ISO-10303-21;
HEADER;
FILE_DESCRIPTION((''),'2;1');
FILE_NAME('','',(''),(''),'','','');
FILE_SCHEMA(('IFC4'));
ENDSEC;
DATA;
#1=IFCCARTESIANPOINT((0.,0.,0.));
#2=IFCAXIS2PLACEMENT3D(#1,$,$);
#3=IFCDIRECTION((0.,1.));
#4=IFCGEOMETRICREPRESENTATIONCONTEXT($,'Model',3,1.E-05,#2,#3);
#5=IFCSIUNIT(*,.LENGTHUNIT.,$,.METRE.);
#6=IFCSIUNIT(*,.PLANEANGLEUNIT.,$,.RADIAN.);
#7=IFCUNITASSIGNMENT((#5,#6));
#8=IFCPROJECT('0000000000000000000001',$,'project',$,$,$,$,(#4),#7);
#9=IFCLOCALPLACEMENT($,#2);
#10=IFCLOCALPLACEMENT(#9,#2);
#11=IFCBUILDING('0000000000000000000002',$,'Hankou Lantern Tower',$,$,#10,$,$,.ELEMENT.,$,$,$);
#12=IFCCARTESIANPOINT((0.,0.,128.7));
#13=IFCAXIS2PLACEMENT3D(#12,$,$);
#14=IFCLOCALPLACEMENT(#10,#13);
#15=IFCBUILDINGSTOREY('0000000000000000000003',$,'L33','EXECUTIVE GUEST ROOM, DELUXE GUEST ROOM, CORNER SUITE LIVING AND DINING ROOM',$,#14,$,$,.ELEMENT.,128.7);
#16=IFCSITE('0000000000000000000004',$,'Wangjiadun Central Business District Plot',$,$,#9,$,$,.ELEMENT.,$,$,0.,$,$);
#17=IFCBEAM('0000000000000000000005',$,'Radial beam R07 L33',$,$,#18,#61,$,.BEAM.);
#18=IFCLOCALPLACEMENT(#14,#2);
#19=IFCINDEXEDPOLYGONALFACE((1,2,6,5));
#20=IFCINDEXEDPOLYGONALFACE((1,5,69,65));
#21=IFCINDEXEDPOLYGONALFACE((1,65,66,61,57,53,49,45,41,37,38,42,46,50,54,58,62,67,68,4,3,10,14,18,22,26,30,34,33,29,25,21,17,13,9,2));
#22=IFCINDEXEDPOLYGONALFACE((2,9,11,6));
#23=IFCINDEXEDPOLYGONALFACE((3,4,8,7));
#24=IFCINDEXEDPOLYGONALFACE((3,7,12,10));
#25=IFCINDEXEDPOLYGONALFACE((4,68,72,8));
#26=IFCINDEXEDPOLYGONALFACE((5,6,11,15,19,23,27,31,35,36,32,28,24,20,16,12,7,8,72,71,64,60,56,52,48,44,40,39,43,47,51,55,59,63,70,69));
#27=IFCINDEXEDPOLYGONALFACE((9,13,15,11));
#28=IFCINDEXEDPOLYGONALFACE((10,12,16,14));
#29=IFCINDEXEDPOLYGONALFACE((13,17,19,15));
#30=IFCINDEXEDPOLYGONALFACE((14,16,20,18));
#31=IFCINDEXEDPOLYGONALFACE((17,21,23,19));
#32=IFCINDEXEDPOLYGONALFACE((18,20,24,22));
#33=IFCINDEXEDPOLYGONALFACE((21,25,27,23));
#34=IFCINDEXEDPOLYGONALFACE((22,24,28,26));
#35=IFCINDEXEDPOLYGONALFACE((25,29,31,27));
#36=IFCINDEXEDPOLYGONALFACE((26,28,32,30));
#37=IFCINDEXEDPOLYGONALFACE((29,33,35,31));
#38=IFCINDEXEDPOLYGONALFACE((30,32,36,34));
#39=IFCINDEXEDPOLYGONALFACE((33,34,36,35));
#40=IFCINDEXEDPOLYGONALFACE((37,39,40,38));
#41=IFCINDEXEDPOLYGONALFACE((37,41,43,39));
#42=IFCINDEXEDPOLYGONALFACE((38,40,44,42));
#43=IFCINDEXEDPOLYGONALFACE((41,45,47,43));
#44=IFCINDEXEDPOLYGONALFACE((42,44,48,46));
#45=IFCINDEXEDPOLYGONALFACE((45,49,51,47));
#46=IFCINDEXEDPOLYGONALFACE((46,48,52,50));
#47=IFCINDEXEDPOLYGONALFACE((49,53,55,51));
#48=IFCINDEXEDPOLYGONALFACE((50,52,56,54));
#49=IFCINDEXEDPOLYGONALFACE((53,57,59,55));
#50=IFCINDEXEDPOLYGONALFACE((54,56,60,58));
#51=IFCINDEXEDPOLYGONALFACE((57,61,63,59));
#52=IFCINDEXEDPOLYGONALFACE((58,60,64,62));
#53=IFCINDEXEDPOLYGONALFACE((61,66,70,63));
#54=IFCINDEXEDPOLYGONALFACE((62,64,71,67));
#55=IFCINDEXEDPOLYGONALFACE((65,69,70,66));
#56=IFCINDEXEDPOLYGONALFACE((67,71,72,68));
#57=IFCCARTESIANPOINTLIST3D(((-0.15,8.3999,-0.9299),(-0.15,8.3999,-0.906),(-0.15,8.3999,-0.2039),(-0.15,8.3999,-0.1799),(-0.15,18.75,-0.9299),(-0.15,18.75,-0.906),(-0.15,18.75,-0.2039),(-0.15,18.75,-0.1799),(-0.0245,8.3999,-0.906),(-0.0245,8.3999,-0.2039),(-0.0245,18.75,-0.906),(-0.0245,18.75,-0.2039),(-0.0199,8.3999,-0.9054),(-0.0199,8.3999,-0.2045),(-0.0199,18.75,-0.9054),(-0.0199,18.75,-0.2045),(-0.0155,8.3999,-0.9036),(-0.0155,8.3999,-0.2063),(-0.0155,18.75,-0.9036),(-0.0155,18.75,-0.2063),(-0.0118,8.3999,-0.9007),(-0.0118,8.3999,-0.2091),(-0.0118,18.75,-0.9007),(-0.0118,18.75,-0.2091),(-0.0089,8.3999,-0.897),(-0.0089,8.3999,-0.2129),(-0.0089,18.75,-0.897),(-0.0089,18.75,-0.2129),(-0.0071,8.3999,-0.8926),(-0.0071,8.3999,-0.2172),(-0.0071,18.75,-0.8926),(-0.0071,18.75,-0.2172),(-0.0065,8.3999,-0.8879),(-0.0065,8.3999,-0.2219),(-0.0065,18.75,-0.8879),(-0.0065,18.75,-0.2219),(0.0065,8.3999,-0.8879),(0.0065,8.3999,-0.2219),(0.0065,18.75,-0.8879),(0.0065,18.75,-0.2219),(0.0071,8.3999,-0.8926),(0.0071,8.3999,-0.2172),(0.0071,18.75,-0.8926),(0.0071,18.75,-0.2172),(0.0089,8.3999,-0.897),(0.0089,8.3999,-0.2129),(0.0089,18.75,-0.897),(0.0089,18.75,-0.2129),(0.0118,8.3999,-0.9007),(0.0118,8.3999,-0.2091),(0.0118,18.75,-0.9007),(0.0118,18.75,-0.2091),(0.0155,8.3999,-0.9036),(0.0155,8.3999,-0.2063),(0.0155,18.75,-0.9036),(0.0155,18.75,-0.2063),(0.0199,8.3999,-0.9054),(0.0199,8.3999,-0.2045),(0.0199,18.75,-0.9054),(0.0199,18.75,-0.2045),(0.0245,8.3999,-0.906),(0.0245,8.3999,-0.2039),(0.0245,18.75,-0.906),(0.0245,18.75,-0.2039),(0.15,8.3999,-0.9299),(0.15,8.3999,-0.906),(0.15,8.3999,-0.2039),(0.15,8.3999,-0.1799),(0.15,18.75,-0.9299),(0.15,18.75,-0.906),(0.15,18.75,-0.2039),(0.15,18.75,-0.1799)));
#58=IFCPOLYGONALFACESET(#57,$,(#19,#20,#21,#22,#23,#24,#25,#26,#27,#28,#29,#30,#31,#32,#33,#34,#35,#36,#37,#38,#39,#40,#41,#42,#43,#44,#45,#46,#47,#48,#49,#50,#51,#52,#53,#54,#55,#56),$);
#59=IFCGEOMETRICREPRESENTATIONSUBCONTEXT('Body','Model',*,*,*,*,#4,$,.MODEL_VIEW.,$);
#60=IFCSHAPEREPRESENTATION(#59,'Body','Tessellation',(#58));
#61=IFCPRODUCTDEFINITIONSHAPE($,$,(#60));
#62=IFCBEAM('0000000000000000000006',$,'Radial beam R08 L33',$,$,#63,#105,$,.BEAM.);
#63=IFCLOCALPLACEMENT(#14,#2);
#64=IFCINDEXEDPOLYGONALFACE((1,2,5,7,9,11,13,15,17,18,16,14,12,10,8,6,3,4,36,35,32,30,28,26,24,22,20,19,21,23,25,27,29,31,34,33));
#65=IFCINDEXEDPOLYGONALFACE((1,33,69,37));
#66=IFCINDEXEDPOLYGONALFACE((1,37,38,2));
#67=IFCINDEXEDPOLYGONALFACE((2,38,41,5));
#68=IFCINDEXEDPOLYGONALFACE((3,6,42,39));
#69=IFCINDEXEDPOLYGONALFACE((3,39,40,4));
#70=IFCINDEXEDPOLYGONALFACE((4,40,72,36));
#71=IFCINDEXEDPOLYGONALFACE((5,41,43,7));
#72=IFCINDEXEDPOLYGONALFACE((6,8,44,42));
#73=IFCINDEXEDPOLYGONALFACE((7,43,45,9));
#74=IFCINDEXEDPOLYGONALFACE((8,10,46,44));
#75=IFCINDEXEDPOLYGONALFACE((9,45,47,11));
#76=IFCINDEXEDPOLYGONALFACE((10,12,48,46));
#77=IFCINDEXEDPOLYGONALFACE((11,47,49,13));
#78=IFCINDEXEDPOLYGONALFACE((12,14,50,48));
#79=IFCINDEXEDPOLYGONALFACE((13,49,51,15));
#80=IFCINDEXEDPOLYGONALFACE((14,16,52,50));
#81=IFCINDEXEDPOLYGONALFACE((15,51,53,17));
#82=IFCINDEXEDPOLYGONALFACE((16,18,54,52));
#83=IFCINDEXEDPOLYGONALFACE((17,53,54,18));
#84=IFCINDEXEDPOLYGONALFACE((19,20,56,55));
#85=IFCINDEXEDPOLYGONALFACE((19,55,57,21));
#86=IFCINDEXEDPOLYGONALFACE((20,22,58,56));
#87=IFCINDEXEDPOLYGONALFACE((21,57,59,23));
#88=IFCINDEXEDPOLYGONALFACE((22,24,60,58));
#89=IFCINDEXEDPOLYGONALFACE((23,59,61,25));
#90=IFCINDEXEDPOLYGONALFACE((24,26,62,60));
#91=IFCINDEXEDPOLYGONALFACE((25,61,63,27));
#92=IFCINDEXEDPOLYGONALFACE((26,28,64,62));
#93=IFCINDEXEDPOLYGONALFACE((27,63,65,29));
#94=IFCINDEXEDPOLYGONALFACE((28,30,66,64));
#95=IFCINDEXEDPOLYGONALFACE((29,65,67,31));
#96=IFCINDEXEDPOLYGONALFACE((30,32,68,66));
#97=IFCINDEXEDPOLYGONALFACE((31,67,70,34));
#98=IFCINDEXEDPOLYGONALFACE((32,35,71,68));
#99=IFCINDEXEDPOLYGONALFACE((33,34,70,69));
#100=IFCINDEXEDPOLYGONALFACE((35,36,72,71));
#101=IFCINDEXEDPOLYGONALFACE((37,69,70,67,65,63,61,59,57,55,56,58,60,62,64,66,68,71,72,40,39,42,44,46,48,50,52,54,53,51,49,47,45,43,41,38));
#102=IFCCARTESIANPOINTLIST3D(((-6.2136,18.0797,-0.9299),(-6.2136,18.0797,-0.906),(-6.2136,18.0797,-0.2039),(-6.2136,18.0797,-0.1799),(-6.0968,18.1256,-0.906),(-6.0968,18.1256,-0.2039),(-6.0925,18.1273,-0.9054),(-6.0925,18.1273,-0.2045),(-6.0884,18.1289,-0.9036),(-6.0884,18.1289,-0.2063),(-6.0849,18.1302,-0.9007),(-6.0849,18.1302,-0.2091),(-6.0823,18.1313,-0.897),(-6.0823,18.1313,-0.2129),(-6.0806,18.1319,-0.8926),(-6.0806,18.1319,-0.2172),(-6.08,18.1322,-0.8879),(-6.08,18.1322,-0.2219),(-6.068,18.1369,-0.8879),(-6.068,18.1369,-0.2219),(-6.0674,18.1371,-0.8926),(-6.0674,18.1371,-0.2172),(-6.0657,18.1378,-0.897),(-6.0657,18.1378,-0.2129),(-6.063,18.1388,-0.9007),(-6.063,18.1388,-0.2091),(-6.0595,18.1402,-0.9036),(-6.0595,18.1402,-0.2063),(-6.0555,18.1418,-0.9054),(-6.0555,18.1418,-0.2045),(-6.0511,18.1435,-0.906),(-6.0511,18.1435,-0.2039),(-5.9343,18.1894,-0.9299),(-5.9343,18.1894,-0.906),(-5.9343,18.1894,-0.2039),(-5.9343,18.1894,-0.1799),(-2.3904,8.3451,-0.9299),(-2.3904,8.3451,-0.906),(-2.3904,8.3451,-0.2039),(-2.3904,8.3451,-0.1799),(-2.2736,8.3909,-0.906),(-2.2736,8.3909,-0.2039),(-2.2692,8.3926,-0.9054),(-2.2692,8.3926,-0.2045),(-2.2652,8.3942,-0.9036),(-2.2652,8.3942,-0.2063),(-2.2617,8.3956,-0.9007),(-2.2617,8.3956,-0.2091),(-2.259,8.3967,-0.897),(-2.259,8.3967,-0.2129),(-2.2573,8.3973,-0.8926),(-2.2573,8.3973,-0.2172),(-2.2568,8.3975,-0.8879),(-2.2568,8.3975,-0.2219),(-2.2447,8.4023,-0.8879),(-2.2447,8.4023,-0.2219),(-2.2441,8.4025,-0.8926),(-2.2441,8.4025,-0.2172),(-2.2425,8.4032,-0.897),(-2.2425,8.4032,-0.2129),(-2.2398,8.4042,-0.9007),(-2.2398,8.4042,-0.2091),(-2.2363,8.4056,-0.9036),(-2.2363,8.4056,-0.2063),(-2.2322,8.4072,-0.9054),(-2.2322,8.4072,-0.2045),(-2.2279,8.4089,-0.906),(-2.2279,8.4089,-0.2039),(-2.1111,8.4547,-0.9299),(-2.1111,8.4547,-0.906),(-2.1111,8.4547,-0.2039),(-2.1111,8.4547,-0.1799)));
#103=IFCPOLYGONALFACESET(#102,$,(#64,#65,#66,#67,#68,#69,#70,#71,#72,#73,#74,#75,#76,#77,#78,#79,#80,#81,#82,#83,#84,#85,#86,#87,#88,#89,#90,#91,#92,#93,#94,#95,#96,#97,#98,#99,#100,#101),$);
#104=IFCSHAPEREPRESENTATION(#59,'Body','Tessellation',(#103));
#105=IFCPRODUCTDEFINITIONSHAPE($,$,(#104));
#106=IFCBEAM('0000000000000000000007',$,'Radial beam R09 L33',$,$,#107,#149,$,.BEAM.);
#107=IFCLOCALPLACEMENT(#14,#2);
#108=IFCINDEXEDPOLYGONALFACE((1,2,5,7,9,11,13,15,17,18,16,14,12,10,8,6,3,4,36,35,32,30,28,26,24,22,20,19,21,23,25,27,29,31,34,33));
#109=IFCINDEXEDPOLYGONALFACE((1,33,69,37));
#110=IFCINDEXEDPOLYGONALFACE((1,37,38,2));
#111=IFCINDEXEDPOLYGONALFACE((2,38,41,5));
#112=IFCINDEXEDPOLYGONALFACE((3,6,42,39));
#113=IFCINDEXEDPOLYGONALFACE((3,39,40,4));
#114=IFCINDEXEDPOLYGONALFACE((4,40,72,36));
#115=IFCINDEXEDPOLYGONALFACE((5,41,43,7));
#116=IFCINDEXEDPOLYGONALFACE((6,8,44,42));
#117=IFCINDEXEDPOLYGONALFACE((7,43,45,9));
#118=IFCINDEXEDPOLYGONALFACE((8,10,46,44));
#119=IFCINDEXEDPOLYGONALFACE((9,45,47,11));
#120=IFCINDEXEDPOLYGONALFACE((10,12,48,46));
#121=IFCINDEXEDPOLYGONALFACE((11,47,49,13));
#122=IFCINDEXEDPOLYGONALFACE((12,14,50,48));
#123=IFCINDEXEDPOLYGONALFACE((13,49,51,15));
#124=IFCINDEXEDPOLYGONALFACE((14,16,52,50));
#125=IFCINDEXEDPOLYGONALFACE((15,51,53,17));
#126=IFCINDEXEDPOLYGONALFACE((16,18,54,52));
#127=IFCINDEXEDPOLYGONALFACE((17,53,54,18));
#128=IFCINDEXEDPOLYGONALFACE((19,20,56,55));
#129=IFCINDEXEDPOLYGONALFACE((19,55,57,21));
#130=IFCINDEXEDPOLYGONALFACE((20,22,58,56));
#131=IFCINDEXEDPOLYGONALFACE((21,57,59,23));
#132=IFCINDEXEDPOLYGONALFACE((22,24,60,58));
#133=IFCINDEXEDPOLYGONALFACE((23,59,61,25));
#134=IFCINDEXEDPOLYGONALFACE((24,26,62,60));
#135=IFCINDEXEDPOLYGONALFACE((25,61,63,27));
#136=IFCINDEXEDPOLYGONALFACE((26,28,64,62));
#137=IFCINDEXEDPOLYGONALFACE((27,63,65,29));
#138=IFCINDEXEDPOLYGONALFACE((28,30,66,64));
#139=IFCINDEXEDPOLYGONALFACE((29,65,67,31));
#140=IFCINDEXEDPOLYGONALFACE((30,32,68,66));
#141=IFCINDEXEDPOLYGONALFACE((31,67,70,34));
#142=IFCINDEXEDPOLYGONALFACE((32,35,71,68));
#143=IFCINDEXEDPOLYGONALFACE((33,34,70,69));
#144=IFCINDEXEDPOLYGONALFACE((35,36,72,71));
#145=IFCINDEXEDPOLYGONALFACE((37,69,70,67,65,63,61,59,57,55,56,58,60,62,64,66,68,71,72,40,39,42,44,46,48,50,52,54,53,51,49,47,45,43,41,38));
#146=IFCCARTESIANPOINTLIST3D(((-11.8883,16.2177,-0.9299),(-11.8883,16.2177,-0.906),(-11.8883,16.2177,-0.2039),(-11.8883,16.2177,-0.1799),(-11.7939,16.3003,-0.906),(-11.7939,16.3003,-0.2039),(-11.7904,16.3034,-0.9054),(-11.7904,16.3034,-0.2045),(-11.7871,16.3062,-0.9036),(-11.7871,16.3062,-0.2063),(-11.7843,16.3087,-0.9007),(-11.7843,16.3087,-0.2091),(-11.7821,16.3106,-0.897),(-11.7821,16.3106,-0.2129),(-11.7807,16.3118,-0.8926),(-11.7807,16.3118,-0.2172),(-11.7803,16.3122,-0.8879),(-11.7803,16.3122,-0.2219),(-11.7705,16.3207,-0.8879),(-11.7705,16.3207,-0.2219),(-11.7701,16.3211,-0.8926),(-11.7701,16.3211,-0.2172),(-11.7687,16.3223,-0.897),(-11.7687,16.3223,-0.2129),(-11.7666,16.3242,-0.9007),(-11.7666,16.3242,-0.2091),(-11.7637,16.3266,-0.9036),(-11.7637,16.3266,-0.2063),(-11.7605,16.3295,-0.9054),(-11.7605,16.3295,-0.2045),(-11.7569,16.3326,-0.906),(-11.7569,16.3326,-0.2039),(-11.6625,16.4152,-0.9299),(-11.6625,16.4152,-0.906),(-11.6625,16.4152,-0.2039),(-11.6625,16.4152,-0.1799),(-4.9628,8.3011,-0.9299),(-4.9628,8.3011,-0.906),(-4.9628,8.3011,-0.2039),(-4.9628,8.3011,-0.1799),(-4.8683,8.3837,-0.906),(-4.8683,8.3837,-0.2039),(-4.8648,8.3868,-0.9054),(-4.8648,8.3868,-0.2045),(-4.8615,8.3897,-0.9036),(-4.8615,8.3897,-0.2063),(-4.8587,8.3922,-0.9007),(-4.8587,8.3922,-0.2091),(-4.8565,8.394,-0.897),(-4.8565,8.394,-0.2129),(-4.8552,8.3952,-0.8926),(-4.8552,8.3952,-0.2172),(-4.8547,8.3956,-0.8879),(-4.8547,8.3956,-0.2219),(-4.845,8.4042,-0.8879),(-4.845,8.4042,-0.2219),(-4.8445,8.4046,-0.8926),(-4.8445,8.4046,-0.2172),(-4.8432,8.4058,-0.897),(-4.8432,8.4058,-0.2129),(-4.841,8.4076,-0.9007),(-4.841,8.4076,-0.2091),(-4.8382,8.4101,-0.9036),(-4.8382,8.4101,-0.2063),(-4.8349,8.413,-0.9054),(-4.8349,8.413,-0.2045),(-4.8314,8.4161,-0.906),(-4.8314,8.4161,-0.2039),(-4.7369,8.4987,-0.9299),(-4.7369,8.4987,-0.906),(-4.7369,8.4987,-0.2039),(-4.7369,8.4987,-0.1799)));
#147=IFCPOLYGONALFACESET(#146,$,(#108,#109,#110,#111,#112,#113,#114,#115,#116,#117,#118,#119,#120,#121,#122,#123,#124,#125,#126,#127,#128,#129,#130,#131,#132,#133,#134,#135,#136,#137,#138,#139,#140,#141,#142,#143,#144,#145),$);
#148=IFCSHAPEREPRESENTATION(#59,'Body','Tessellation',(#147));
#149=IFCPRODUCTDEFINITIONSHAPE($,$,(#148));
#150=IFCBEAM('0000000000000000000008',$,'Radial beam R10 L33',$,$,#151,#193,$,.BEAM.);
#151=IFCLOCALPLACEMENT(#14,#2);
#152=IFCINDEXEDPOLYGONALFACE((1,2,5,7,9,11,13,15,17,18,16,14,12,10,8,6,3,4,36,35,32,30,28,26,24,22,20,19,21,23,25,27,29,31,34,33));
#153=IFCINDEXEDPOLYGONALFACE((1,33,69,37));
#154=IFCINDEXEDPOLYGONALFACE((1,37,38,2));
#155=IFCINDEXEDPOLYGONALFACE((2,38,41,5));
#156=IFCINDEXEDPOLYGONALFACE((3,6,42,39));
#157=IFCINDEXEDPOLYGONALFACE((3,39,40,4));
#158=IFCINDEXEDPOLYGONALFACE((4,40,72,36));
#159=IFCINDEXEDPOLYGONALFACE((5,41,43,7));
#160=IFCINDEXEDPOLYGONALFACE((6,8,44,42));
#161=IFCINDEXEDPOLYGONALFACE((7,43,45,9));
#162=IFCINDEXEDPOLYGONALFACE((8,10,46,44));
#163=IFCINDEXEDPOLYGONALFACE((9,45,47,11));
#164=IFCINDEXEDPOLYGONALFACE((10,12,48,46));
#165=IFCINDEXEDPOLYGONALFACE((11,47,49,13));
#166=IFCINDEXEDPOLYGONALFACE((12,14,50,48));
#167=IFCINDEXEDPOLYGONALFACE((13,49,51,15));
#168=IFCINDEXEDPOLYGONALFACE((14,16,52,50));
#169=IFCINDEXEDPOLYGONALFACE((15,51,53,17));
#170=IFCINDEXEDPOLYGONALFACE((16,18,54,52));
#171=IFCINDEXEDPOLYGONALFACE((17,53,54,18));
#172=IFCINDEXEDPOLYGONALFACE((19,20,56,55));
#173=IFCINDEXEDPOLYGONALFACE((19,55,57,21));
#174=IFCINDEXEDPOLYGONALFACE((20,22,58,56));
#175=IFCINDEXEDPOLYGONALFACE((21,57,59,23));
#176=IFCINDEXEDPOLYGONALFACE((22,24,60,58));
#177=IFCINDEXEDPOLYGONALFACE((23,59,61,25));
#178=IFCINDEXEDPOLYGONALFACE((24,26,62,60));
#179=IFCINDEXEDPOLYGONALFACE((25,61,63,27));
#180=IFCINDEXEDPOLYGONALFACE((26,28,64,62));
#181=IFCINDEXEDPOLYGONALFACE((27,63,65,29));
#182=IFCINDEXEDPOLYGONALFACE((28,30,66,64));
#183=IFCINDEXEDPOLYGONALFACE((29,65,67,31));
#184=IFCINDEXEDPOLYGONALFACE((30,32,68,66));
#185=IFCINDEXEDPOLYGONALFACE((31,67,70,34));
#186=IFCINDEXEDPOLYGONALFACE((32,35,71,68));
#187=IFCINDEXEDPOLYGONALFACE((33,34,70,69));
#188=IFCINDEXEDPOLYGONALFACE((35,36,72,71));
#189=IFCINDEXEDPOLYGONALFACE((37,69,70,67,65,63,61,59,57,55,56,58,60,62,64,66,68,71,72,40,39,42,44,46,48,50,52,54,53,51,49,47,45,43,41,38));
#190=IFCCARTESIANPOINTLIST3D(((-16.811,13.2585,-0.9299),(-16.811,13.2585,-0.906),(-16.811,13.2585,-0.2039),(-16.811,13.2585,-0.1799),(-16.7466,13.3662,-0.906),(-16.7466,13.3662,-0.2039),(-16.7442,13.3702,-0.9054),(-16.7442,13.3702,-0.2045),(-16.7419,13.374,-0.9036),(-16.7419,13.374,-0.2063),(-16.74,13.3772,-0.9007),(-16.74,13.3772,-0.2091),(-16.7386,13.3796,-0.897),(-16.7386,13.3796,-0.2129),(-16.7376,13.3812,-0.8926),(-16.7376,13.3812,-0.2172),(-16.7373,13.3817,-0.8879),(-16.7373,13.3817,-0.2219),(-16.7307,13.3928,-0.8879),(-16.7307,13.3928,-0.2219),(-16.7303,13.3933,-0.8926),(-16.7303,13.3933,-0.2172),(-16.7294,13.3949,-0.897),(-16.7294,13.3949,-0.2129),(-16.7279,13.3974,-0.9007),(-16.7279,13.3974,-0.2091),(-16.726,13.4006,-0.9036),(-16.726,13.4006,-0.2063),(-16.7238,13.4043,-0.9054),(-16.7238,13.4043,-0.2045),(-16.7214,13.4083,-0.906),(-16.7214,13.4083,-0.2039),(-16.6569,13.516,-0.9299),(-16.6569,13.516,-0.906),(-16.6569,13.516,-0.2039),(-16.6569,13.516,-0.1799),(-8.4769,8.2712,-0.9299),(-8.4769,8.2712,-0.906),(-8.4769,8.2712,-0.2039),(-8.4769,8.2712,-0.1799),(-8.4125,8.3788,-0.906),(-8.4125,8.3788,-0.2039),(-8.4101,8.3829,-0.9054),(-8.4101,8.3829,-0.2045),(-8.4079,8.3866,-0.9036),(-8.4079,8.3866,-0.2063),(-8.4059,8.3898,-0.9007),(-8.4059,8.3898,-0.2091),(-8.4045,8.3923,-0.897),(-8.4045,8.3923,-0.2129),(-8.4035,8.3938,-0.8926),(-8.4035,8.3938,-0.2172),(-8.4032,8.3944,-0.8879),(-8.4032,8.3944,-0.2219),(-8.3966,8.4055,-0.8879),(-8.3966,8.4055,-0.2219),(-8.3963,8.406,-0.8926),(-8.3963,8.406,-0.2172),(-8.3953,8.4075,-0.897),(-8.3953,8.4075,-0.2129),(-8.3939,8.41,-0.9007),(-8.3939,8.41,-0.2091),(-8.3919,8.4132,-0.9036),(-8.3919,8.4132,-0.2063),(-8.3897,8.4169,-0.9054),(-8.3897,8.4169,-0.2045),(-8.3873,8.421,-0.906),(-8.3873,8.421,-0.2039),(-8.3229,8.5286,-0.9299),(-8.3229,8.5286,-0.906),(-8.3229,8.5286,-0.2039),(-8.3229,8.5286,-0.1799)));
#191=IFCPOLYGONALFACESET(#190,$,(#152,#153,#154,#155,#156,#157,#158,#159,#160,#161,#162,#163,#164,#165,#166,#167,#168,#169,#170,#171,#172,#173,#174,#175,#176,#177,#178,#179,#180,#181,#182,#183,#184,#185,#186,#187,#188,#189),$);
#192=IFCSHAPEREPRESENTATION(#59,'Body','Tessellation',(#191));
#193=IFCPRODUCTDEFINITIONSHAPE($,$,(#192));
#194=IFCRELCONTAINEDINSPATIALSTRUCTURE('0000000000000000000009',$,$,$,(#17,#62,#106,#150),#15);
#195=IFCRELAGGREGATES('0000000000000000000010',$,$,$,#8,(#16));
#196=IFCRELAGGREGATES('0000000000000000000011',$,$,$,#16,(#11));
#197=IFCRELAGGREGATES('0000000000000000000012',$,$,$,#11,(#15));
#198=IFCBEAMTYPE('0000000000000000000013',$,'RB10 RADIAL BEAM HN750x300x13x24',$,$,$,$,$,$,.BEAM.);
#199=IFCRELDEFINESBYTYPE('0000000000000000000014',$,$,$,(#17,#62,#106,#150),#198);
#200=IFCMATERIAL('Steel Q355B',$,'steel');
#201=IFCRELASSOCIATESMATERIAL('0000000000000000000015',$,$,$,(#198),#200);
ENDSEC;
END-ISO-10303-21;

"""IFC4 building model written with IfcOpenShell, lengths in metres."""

from ifc_helpers import new_model, si_unit, direction, frame, origin, origin_2d, place, context, subcontext, project, spatial, i_section, extrude, material, material_profile, profile_set, type_object, element, save


model = new_model("IFC4")

# Units and contexts
model_context = context("Model", 3, precision=1e-05, world=origin(), true_north=direction((0.0, 1.0)))
body_context = subcontext(model_context, "Body", "Model", "MODEL_VIEW")
ifc_project = project(units=[si_unit("LENGTHUNIT", "METRE"), si_unit("PLANEANGLEUNIT", "RADIAN")], contexts=[model_context])

# Site, building, storey
site_placement = place(None, origin())
site = spatial("IfcSite", under=ifc_project, at=site_placement, Name="Wangjiadun Central Business District Plot", CompositionType="ELEMENT", RefElevation=0.0)
building_placement = place(site_placement, origin())
building = spatial("IfcBuilding", under=site, at=building_placement, Name="Hankou Lantern Tower", CompositionType="ELEMENT")
storey_placement = place(building_placement, frame((0.0, 0.0, 128.7)))
storey = spatial("IfcBuildingStorey", under=building, at=storey_placement, Name="L33", Description="EXECUTIVE GUEST ROOM, DELUXE GUEST ROOM, CORNER SUITE LIVING AND DINING ROOM", CompositionType="ELEMENT", Elevation=128.7)

# Beams
ifc_material_1 = material(Name="Steel Q355B", Category="steel")
ifc_material_profile = material_profile(ifc_material_1, i_section(OverallWidth=0.3, OverallDepth=0.75, WebThickness=0.0129, FlangeThickness=0.0239, FilletRadius=0.0181, at=origin_2d()), Name="HN750x300x13x24")
ifc_profile_set = profile_set([ifc_material_profile], Name="Steel Q355B")
beam_type = type_object("IfcBeamType", Name="RB10 RADIAL BEAM HN750x300x13x24", PredefinedType="BEAM", material=ifc_profile_set)
beam_1_placement = place(storey_placement, frame((0.0, 8.3999, -0.5549), z_axis=(0.0, 1.0, 0.0), x_axis=(-1.0, 0.0, 0.0)))
element("IfcBeam", 1, at=beam_1_placement, inside=storey, type_object=beam_type, Name="Radial beam R07 L33", PredefinedType="BEAM", context=body_context, shape_type="SweptSolid", body=[
    extrude(i_section(OverallWidth=0.3, OverallDepth=0.75, WebThickness=0.0129, FlangeThickness=0.0239, FilletRadius=0.0181, at=origin_2d()), origin(), (0.0, 0.0, 1.0), 10.3501),
])
beam_2_placement = place(storey_placement, frame((-2.2507, 8.3999, -0.5549), z_axis=(-0.365564, 0.930786, 0.0), x_axis=(-0.930786, -0.365564, 0.0)))
element("IfcBeam", 2, at=beam_2_placement, inside=storey, type_object=beam_type, Name="Radial beam R08 L33", PredefinedType="BEAM", context=body_context, shape_type="SweptSolid", body=[
    extrude(i_section(OverallWidth=0.3, OverallDepth=0.75, WebThickness=0.0129, FlangeThickness=0.0239, FilletRadius=0.0181, at=origin_2d()), origin(), (0.0, 0.0, 1.0), 10.4585),
])
beam_3_placement = place(storey_placement, frame((-4.8499, 8.3999, -0.5549), z_axis=(-0.658429, 0.752643, 0.0), x_axis=(-0.752643, -0.658429, 0.0)))
element("IfcBeam", 3, at=beam_3_placement, inside=storey, type_object=beam_type, Name="Radial beam R09 L33", PredefinedType="BEAM", context=body_context, shape_type="SweptSolid", body=[
    extrude(i_section(OverallWidth=0.3, OverallDepth=0.75, WebThickness=0.0129, FlangeThickness=0.0239, FilletRadius=0.0181, at=origin_2d()), origin(), (0.0, 0.0, 1.0), 10.5183),
])
beam_4_placement = place(storey_placement, frame((-8.3999, 8.3999, -0.5549), z_axis=(-0.858087, 0.513505, 0.0), x_axis=(-0.513505, -0.858087, 0.0)))
element("IfcBeam", 4, at=beam_4_placement, inside=storey, type_object=beam_type, Name="Radial beam R10 L33", PredefinedType="BEAM", context=body_context, shape_type="SweptSolid", body=[
    extrude(i_section(OverallWidth=0.3, OverallDepth=0.75, WebThickness=0.0129, FlangeThickness=0.0239, FilletRadius=0.0181, at=origin_2d()), origin(), (0.0, 0.0, 1.0), 9.7124),
])

save(model, "model.ifc")
